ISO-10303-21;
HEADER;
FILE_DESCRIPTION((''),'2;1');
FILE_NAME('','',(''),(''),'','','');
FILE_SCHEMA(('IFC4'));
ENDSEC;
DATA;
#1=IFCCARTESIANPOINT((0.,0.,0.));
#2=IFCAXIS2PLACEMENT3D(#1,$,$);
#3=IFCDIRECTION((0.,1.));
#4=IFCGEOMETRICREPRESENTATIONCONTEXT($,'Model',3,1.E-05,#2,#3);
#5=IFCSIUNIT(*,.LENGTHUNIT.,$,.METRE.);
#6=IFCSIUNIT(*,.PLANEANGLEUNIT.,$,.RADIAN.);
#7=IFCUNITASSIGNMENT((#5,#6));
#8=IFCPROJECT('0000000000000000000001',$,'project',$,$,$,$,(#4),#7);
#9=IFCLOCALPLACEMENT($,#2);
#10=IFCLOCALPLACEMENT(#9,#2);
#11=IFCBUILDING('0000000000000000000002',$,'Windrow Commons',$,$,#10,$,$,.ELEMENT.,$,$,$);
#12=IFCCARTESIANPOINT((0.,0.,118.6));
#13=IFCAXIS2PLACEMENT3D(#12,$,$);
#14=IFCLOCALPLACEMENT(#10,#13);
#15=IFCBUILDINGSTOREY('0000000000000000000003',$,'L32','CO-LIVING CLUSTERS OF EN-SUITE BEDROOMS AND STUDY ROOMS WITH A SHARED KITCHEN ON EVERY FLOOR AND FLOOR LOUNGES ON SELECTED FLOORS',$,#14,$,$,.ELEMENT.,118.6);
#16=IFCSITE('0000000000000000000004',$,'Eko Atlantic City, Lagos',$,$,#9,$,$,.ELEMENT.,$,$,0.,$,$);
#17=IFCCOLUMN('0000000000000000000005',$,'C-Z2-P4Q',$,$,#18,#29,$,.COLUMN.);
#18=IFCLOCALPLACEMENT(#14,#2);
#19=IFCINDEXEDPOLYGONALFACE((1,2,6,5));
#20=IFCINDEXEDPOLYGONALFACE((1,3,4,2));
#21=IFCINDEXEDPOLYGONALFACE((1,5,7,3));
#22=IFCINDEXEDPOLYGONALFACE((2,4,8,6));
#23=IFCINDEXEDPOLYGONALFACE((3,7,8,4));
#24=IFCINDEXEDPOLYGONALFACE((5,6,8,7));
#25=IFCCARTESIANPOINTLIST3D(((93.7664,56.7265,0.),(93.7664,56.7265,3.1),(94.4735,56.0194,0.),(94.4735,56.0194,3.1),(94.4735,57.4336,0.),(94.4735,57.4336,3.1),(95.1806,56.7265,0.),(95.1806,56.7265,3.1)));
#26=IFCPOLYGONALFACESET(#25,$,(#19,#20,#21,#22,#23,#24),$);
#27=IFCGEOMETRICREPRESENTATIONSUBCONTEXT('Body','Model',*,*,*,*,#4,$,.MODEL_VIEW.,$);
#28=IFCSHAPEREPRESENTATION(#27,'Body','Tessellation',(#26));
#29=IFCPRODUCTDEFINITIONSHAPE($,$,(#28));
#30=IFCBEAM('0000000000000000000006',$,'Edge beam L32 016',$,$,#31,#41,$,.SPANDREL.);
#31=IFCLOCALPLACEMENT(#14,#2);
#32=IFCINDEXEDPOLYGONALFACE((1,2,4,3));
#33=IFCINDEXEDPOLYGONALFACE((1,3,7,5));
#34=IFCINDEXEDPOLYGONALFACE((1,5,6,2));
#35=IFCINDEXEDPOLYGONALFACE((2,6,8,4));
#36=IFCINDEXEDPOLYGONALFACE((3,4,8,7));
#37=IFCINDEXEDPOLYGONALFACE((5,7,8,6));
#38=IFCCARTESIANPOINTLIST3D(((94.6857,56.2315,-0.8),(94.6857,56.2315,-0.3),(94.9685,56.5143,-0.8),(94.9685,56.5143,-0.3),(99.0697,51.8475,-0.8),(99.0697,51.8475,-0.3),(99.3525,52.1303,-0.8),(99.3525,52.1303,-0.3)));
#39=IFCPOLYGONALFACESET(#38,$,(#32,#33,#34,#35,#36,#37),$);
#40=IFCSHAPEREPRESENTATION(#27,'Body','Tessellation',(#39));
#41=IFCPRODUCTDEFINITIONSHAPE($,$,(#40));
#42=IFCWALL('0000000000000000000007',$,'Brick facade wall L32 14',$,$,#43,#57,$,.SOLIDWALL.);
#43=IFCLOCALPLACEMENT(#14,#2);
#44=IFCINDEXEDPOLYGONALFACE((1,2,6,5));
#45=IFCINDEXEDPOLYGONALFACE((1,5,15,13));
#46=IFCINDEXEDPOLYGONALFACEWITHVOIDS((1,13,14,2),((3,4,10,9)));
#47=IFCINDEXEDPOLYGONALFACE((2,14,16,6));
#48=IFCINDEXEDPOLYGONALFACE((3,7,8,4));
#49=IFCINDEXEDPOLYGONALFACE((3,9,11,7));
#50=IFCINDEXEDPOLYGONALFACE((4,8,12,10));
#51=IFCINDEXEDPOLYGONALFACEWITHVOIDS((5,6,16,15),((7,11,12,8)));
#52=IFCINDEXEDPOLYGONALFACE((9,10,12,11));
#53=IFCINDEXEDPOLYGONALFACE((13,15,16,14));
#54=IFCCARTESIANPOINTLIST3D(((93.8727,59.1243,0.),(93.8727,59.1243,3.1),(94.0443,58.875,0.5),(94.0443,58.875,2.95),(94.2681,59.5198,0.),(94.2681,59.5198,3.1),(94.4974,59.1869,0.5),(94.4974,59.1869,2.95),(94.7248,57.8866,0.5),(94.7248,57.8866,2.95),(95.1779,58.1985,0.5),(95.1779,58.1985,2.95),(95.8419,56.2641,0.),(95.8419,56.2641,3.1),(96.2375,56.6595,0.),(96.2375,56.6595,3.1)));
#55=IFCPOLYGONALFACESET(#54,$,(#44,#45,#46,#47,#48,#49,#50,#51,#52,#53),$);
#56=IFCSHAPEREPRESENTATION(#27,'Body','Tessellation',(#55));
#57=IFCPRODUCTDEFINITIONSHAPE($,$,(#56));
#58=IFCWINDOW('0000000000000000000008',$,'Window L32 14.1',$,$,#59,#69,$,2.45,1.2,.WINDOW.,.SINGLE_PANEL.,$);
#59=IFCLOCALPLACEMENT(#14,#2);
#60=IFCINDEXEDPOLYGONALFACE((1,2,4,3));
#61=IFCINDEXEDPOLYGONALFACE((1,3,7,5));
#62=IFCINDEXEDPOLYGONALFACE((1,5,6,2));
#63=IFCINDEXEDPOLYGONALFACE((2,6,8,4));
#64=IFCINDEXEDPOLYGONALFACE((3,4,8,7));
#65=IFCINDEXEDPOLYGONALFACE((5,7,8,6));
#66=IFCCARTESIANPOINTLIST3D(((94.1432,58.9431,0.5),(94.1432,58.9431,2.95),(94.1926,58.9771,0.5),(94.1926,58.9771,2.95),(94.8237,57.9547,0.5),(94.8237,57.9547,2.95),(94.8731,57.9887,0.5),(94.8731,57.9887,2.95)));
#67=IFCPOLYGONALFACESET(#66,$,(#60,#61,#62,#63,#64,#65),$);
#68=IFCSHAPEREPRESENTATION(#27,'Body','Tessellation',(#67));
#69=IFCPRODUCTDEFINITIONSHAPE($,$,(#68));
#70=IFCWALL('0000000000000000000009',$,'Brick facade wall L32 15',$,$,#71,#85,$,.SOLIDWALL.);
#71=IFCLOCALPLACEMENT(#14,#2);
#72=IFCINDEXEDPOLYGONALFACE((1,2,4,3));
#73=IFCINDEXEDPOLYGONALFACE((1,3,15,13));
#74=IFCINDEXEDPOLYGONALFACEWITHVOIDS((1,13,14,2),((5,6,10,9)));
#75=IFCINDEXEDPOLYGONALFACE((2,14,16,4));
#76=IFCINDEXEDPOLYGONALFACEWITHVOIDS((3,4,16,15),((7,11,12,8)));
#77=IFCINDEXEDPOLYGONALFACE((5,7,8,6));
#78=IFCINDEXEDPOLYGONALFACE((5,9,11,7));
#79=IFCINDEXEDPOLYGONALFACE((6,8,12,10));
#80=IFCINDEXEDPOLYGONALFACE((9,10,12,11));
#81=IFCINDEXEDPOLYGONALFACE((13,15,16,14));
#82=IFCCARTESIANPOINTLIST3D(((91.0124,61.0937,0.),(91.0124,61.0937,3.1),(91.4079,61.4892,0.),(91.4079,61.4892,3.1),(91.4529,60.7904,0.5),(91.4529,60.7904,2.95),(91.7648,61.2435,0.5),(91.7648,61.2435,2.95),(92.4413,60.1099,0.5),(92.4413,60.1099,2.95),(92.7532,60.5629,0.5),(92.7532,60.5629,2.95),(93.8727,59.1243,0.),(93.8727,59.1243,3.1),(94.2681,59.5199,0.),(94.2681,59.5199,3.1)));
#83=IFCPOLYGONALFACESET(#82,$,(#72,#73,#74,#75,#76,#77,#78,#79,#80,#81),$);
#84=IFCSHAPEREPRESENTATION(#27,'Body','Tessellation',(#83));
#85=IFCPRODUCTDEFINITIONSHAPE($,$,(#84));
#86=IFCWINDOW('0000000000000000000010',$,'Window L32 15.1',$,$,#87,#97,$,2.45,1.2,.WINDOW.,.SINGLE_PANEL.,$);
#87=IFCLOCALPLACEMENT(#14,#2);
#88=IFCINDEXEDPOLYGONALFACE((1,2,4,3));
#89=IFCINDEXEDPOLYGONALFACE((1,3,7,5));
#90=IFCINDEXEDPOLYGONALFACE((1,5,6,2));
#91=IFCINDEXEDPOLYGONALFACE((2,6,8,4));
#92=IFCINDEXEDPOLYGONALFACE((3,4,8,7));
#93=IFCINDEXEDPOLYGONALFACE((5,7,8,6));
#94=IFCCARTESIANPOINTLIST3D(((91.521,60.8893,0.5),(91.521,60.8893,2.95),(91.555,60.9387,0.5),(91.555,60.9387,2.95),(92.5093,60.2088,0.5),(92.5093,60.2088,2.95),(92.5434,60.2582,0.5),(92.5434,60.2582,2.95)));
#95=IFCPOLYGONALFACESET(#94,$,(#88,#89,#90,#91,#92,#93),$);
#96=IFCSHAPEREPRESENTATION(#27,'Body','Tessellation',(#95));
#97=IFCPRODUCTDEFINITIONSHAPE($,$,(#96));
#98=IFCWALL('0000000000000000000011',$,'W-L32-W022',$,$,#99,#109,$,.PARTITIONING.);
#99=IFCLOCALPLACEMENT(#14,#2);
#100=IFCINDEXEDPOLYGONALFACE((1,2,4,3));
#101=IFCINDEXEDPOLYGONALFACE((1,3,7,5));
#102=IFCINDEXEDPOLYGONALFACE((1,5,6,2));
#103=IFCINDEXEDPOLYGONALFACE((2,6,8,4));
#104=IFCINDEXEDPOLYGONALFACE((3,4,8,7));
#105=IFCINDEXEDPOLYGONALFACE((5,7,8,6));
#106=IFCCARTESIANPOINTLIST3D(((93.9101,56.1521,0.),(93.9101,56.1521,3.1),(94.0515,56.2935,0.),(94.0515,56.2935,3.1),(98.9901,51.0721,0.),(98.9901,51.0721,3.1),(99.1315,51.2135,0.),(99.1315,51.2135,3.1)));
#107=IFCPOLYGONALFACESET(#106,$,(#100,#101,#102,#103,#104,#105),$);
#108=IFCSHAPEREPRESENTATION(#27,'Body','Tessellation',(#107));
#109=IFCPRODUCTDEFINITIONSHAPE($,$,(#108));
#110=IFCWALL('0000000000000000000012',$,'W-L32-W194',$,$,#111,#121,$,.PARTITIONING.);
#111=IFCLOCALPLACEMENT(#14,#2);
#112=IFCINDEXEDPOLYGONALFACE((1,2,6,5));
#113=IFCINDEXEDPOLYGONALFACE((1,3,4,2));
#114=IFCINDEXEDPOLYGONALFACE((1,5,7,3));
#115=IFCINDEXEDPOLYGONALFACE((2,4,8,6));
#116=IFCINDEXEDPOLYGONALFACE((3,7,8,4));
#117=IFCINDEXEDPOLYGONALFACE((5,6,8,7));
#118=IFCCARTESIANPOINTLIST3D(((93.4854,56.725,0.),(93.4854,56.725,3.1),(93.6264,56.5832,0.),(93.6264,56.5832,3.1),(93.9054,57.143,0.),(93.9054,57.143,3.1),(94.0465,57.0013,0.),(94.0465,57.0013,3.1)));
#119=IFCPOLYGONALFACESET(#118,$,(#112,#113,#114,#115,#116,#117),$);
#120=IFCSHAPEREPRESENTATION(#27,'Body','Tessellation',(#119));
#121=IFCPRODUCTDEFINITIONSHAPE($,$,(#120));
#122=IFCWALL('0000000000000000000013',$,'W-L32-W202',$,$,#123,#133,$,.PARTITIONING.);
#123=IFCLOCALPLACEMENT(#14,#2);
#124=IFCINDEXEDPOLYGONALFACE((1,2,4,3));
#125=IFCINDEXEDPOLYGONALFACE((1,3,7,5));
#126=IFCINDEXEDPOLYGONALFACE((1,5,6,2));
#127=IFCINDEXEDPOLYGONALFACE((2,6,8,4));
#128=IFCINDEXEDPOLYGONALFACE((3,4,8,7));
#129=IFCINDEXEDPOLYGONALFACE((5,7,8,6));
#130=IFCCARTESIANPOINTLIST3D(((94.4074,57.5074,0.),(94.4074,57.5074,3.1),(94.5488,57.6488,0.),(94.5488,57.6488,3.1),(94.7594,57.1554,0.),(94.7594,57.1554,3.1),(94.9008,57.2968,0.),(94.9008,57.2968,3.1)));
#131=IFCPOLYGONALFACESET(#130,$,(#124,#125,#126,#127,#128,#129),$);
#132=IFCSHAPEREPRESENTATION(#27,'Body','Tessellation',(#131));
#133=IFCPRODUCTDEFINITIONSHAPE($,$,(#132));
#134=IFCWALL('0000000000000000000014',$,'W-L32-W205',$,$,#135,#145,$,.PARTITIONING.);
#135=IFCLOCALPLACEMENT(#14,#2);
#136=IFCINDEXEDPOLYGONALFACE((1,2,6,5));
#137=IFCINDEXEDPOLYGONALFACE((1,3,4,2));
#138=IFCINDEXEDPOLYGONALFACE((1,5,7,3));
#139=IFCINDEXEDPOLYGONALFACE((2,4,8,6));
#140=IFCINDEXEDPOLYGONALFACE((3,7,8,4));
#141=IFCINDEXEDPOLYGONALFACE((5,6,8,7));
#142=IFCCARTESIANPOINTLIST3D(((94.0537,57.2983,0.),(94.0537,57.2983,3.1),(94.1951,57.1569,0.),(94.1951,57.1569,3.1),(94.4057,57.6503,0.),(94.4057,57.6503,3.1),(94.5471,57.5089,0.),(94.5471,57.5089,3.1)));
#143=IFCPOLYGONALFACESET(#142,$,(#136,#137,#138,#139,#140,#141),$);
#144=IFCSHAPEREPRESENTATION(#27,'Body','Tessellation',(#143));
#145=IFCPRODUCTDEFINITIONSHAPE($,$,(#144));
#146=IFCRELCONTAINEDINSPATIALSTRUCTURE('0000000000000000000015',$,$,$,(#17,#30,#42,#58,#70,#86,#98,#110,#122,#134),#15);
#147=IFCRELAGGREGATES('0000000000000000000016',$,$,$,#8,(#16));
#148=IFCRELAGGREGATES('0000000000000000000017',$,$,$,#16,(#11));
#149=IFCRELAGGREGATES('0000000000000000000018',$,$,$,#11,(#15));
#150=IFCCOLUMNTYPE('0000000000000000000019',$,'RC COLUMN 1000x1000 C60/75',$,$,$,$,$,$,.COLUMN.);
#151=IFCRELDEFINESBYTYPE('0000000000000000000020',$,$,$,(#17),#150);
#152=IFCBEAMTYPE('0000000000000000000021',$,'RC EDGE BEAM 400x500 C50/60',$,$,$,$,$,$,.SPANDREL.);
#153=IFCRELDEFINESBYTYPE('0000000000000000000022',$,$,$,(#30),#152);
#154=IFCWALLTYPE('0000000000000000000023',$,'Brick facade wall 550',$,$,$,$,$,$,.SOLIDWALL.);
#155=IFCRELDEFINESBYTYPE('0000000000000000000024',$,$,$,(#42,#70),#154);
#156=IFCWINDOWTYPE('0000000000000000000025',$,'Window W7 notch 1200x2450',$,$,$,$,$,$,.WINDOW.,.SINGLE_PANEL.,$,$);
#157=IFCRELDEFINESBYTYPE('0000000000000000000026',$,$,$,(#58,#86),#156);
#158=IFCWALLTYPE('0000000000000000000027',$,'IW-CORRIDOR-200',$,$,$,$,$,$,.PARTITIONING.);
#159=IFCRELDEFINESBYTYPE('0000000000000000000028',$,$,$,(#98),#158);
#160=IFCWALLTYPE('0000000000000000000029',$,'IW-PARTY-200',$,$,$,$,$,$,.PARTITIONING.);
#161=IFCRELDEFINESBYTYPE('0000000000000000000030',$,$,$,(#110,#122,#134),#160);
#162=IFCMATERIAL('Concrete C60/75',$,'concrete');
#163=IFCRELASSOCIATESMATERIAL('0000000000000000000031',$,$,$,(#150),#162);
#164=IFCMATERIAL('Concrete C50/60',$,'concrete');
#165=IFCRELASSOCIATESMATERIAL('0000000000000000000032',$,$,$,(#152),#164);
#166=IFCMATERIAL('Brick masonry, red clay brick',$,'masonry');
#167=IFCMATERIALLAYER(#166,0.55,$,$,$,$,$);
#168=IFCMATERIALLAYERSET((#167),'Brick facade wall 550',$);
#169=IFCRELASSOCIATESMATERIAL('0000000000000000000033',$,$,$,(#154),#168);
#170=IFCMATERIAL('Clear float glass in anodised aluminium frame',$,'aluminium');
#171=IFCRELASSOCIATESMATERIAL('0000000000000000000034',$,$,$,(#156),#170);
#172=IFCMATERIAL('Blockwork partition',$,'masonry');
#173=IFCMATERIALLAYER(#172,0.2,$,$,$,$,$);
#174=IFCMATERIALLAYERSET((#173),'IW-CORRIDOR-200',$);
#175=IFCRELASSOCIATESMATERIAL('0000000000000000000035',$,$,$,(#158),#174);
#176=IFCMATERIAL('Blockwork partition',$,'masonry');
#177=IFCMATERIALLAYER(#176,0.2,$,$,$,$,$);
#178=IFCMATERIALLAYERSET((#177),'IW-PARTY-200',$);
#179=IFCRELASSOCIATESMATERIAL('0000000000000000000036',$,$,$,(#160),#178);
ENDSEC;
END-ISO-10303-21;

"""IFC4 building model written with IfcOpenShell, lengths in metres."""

from ifc_helpers import new_model, si_unit, direction, frame, frame_2d, origin, origin_2d, place, context, subcontext, project, spatial, polyline, rectangle, outline, extrude, material, layer, layer_set, material_profile, profile_set, type_object, element, fill, save


model = new_model("IFC4")

# Units and contexts
model_context = context("Model", 3, precision=1e-05, world=origin(), true_north=direction((0.0, 1.0)))
body_context = subcontext(model_context, "Body", "Model", "MODEL_VIEW")
ifc_project = project(units=[si_unit("LENGTHUNIT", "METRE"), si_unit("PLANEANGLEUNIT", "RADIAN")], contexts=[model_context])

# Site, building, storey
site_placement = place(None, origin())
site = spatial("IfcSite", under=ifc_project, at=site_placement, Name="Eko Atlantic City, Lagos", CompositionType="ELEMENT", RefElevation=0.0)
building_placement = place(site_placement, origin())
building = spatial("IfcBuilding", under=site, at=building_placement, Name="Windrow Commons", CompositionType="ELEMENT")
storey_placement = place(building_placement, frame((0.0, 0.0, 118.6)))
storey = spatial("IfcBuildingStorey", under=building, at=storey_placement, Name="L32", Description="CO-LIVING CLUSTERS OF EN-SUITE BEDROOMS AND STUDY ROOMS WITH A SHARED KITCHEN ON EVERY FLOOR AND FLOOR LOUNGES ON SELECTED FLOORS", CompositionType="ELEMENT", Elevation=118.6)

# Column
ifc_material_1 = material(Name="Concrete C60/75", Category="concrete")
ifc_material_profile_1 = material_profile(ifc_material_1, rectangle(XDim=1.0, YDim=1.0, at=origin_2d()))
ifc_profile_set_1 = profile_set([ifc_material_profile_1], Name="Concrete C60/75")
column_type = type_object("IfcColumnType", Name="RC COLUMN 1000x1000 C60/75", PredefinedType="COLUMN", material=ifc_profile_set_1)
column_placement = place(storey_placement, frame((94.4735, 56.7265, 0.0), z_axis=(0.0, 0.0, 1.0), x_axis=(0.707107, -0.707107, 0.0)))
element("IfcColumn", 1, at=column_placement, inside=storey, type_object=column_type, Name="C-Z2-P4Q", PredefinedType="COLUMN", context=body_context, shape_type="SweptSolid", body=[
    extrude(rectangle(XDim=1.0, YDim=1.0, at=origin_2d()), origin(), (0.0, 0.0, 1.0), 3.1),
])

# Beam
ifc_material_2 = material(Name="Concrete C50/60", Category="concrete")
ifc_material_profile_2 = material_profile(ifc_material_2, rectangle(XDim=0.4, YDim=0.5, at=origin_2d()))
ifc_profile_set_2 = profile_set([ifc_material_profile_2], Name="Concrete C50/60")
beam_type = type_object("IfcBeamType", Name="RC EDGE BEAM 400x500 C50/60", PredefinedType="SPANDREL", material=ifc_profile_set_2)
beam_placement = place(storey_placement, frame((94.8271, 56.3729, -0.55), z_axis=(0.707107, -0.707107, 0.0), x_axis=(0.707107, 0.707107, 0.0)))
element("IfcBeam", 2, at=beam_placement, inside=storey, type_object=beam_type, Name="Edge beam L32 016", PredefinedType="SPANDREL", context=body_context, shape_type="SweptSolid", body=[
    extrude(rectangle(XDim=0.4, YDim=0.5, at=origin_2d()), origin(), (0.0, 0.0, 1.0), 6.1999),
])

# Walls, openings, windows
ifc_material_3 = material(Name="Brick masonry, red clay brick", Category="masonry")
ifc_layer_1 = layer(ifc_material_3, 0.55)
ifc_layer_set_1 = layer_set([ifc_layer_1], Name="Brick facade wall 550")
wall_type_1 = type_object("IfcWallType", Name="Brick facade wall 550", PredefinedType="SOLIDWALL", material=ifc_layer_set_1)
wall_1_placement = place(storey_placement, frame((96.0397, 56.4618, 0.0), z_axis=(0.0, 0.0, 1.0), x_axis=(-0.567085, 0.823659, 0.0)))
wall_1 = element("IfcWall", 3, at=wall_1_placement, inside=storey, type_object=wall_type_1, Name="Brick facade wall L32 14", PredefinedType="SOLIDWALL", context=body_context, shape_type="SweptSolid", body=[
    extrude(outline(polyline([(0.0507, -0.275), (3.5234, -0.275), (3.4219, 0.275), (-0.0507, 0.275), (0.0507, -0.275)])), origin(), (0.0, 0.0, 1.0), 3.1),
])
opening_1_placement = place(wall_1_placement, frame((1.9192, 0.0, 0.5)))
opening_1 = element("IfcOpeningElement", 4, at=opening_1_placement, cuts=wall_1, PredefinedType="OPENING", context=body_context, shape_type="SweptSolid", body=[
    extrude(rectangle(XDim=1.2, YDim=2.45, at=frame_2d((0.6, 1.225))), frame((0.0, 0.285, 0.0), z_axis=(0.0, -1.0, 0.0), x_axis=(1.0, 0.0, 0.0)), (0.0, 0.0, 1.0), 0.57),
])
ifc_material_4 = material(Name="Clear float glass in anodised aluminium frame", Category="aluminium")
window_type = type_object("IfcWindowType", Name="Window W7 notch 1200x2450", PartitioningType="SINGLE_PANEL", PredefinedType="WINDOW", material=ifc_material_4)
window_1_placement = place(opening_1_placement, origin())
window_1 = element("IfcWindow", 5, at=window_1_placement, inside=storey, type_object=window_type, Name="Window L32 14.1", OverallHeight=2.45, OverallWidth=1.2, PartitioningType="SINGLE_PANEL", PredefinedType="WINDOW", context=body_context, shape_type="SweptSolid", body=[
    extrude(rectangle(XDim=1.2, YDim=2.45, at=frame_2d((0.6, 1.225))), frame((0.0, 0.155, 0.0), z_axis=(0.0, -1.0, 0.0), x_axis=(1.0, 0.0, 0.0)), (0.0, 0.0, 1.0), 0.06),
])
fill(opening_1, window_1)
wall_2_placement = place(storey_placement, frame((94.0704, 59.3221, 0.0), z_axis=(0.0, 0.0, 1.0), x_axis=(-0.823646, 0.567104, 0.0)))
wall_2 = element("IfcWall", 6, at=wall_2_placement, inside=storey, type_object=wall_type_1, Name="Brick facade wall L32 15", PredefinedType="SOLIDWALL", context=body_context, shape_type="SweptSolid", body=[
    extrude(outline(polyline([(-0.0507, -0.275), (3.4219, -0.275), (3.5234, 0.275), (0.0507, 0.275), (-0.0507, -0.275)])), origin(), (0.0, 0.0, 1.0), 3.1),
])
opening_2_placement = place(wall_2_placement, frame((1.7886, 0.0, 0.5)))
opening_2 = element("IfcOpeningElement", 7, at=opening_2_placement, cuts=wall_2, PredefinedType="OPENING", context=body_context, shape_type="SweptSolid", body=[
    extrude(rectangle(XDim=1.2, YDim=2.45, at=frame_2d((0.6, 1.225))), frame((0.0, 0.285, 0.0), z_axis=(0.0, -1.0, 0.0), x_axis=(1.0, 0.0, 0.0)), (0.0, 0.0, 1.0), 0.57),
])
window_2_placement = place(opening_2_placement, origin())
window_2 = element("IfcWindow", 8, at=window_2_placement, inside=storey, type_object=window_type, Name="Window L32 15.1", OverallHeight=2.45, OverallWidth=1.2, PartitioningType="SINGLE_PANEL", PredefinedType="WINDOW", context=body_context, shape_type="SweptSolid", body=[
    extrude(rectangle(XDim=1.2, YDim=2.45, at=frame_2d((0.6, 1.225))), frame((0.0, 0.155, 0.0), z_axis=(0.0, -1.0, 0.0), x_axis=(1.0, 0.0, 0.0)), (0.0, 0.0, 1.0), 0.06),
])
fill(opening_2, window_2)

# Walls
ifc_material_5 = material(Name="Blockwork partition", Category="masonry")
ifc_layer_2 = layer(ifc_material_5, 0.2)
ifc_layer_set_2 = layer_set([ifc_layer_2], Name="IW-CORRIDOR-200")
wall_type_2 = type_object("IfcWallType", Name="IW-CORRIDOR-200", PredefinedType="PARTITIONING", material=ifc_layer_set_2)
wall_3_placement = place(storey_placement, frame((93.9808, 56.2228, 0.0), z_axis=(0.0, 0.0, 1.0), x_axis=(0.707107, -0.707107, 0.0)))
element("IfcWall", 9, at=wall_3_placement, inside=storey, type_object=wall_type_2, Name="W-L32-W022", PredefinedType="PARTITIONING", context=body_context, shape_type="SweptSolid", body=[
    extrude(rectangle(XDim=7.1842, YDim=0.2, at=frame_2d((3.5921, 0.0))), origin(), (0.0, 0.0, 1.0), 3.1),
])
ifc_material_6 = material(Name="Blockwork partition", Category="masonry")
ifc_layer_3 = layer(ifc_material_6, 0.2)
ifc_layer_set_3 = layer_set([ifc_layer_3], Name="IW-PARTY-200")
wall_type_3 = type_object("IfcWallType", Name="IW-PARTY-200", PredefinedType="PARTITIONING", material=ifc_layer_set_3)
wall_4_placement = place(storey_placement, frame((93.5559, 56.6541, 0.0), z_axis=(0.0, 0.0, 1.0), x_axis=(0.708792, 0.705417, 0.0)))
element("IfcWall", 10, at=wall_4_placement, inside=storey, type_object=wall_type_3, Name="W-L32-W194", PredefinedType="PARTITIONING", context=body_context, shape_type="SweptSolid", body=[
    extrude(rectangle(XDim=0.5926, YDim=0.2, at=frame_2d((0.2963, 0.0))), origin(), (0.0, 0.0, 1.0), 3.1),
])
for number, where, z_axis, x_axis, name in (
    (11, (94.4781, 57.5781, 0.0), (0.0, 0.0, 1.0), (0.707107, -0.707107, 0.0), "W-L32-W202"),
    (12, (94.1244, 57.2276, 0.0), (0.0, 0.0, 1.0), (0.707107, 0.707107, 0.0), "W-L32-W205"),
):
    element("IfcWall", number, at=place(storey_placement, frame(where, z_axis=z_axis, x_axis=x_axis)), inside=storey, type_object=wall_type_3, Name=name, PredefinedType="PARTITIONING", context=body_context, shape_type="SweptSolid", body=[
        extrude(rectangle(XDim=0.4978, YDim=0.2, at=frame_2d((0.2489, 0.0))), origin(), (0.0, 0.0, 1.0), 3.1),
    ])

save(model, "model.ifc")
